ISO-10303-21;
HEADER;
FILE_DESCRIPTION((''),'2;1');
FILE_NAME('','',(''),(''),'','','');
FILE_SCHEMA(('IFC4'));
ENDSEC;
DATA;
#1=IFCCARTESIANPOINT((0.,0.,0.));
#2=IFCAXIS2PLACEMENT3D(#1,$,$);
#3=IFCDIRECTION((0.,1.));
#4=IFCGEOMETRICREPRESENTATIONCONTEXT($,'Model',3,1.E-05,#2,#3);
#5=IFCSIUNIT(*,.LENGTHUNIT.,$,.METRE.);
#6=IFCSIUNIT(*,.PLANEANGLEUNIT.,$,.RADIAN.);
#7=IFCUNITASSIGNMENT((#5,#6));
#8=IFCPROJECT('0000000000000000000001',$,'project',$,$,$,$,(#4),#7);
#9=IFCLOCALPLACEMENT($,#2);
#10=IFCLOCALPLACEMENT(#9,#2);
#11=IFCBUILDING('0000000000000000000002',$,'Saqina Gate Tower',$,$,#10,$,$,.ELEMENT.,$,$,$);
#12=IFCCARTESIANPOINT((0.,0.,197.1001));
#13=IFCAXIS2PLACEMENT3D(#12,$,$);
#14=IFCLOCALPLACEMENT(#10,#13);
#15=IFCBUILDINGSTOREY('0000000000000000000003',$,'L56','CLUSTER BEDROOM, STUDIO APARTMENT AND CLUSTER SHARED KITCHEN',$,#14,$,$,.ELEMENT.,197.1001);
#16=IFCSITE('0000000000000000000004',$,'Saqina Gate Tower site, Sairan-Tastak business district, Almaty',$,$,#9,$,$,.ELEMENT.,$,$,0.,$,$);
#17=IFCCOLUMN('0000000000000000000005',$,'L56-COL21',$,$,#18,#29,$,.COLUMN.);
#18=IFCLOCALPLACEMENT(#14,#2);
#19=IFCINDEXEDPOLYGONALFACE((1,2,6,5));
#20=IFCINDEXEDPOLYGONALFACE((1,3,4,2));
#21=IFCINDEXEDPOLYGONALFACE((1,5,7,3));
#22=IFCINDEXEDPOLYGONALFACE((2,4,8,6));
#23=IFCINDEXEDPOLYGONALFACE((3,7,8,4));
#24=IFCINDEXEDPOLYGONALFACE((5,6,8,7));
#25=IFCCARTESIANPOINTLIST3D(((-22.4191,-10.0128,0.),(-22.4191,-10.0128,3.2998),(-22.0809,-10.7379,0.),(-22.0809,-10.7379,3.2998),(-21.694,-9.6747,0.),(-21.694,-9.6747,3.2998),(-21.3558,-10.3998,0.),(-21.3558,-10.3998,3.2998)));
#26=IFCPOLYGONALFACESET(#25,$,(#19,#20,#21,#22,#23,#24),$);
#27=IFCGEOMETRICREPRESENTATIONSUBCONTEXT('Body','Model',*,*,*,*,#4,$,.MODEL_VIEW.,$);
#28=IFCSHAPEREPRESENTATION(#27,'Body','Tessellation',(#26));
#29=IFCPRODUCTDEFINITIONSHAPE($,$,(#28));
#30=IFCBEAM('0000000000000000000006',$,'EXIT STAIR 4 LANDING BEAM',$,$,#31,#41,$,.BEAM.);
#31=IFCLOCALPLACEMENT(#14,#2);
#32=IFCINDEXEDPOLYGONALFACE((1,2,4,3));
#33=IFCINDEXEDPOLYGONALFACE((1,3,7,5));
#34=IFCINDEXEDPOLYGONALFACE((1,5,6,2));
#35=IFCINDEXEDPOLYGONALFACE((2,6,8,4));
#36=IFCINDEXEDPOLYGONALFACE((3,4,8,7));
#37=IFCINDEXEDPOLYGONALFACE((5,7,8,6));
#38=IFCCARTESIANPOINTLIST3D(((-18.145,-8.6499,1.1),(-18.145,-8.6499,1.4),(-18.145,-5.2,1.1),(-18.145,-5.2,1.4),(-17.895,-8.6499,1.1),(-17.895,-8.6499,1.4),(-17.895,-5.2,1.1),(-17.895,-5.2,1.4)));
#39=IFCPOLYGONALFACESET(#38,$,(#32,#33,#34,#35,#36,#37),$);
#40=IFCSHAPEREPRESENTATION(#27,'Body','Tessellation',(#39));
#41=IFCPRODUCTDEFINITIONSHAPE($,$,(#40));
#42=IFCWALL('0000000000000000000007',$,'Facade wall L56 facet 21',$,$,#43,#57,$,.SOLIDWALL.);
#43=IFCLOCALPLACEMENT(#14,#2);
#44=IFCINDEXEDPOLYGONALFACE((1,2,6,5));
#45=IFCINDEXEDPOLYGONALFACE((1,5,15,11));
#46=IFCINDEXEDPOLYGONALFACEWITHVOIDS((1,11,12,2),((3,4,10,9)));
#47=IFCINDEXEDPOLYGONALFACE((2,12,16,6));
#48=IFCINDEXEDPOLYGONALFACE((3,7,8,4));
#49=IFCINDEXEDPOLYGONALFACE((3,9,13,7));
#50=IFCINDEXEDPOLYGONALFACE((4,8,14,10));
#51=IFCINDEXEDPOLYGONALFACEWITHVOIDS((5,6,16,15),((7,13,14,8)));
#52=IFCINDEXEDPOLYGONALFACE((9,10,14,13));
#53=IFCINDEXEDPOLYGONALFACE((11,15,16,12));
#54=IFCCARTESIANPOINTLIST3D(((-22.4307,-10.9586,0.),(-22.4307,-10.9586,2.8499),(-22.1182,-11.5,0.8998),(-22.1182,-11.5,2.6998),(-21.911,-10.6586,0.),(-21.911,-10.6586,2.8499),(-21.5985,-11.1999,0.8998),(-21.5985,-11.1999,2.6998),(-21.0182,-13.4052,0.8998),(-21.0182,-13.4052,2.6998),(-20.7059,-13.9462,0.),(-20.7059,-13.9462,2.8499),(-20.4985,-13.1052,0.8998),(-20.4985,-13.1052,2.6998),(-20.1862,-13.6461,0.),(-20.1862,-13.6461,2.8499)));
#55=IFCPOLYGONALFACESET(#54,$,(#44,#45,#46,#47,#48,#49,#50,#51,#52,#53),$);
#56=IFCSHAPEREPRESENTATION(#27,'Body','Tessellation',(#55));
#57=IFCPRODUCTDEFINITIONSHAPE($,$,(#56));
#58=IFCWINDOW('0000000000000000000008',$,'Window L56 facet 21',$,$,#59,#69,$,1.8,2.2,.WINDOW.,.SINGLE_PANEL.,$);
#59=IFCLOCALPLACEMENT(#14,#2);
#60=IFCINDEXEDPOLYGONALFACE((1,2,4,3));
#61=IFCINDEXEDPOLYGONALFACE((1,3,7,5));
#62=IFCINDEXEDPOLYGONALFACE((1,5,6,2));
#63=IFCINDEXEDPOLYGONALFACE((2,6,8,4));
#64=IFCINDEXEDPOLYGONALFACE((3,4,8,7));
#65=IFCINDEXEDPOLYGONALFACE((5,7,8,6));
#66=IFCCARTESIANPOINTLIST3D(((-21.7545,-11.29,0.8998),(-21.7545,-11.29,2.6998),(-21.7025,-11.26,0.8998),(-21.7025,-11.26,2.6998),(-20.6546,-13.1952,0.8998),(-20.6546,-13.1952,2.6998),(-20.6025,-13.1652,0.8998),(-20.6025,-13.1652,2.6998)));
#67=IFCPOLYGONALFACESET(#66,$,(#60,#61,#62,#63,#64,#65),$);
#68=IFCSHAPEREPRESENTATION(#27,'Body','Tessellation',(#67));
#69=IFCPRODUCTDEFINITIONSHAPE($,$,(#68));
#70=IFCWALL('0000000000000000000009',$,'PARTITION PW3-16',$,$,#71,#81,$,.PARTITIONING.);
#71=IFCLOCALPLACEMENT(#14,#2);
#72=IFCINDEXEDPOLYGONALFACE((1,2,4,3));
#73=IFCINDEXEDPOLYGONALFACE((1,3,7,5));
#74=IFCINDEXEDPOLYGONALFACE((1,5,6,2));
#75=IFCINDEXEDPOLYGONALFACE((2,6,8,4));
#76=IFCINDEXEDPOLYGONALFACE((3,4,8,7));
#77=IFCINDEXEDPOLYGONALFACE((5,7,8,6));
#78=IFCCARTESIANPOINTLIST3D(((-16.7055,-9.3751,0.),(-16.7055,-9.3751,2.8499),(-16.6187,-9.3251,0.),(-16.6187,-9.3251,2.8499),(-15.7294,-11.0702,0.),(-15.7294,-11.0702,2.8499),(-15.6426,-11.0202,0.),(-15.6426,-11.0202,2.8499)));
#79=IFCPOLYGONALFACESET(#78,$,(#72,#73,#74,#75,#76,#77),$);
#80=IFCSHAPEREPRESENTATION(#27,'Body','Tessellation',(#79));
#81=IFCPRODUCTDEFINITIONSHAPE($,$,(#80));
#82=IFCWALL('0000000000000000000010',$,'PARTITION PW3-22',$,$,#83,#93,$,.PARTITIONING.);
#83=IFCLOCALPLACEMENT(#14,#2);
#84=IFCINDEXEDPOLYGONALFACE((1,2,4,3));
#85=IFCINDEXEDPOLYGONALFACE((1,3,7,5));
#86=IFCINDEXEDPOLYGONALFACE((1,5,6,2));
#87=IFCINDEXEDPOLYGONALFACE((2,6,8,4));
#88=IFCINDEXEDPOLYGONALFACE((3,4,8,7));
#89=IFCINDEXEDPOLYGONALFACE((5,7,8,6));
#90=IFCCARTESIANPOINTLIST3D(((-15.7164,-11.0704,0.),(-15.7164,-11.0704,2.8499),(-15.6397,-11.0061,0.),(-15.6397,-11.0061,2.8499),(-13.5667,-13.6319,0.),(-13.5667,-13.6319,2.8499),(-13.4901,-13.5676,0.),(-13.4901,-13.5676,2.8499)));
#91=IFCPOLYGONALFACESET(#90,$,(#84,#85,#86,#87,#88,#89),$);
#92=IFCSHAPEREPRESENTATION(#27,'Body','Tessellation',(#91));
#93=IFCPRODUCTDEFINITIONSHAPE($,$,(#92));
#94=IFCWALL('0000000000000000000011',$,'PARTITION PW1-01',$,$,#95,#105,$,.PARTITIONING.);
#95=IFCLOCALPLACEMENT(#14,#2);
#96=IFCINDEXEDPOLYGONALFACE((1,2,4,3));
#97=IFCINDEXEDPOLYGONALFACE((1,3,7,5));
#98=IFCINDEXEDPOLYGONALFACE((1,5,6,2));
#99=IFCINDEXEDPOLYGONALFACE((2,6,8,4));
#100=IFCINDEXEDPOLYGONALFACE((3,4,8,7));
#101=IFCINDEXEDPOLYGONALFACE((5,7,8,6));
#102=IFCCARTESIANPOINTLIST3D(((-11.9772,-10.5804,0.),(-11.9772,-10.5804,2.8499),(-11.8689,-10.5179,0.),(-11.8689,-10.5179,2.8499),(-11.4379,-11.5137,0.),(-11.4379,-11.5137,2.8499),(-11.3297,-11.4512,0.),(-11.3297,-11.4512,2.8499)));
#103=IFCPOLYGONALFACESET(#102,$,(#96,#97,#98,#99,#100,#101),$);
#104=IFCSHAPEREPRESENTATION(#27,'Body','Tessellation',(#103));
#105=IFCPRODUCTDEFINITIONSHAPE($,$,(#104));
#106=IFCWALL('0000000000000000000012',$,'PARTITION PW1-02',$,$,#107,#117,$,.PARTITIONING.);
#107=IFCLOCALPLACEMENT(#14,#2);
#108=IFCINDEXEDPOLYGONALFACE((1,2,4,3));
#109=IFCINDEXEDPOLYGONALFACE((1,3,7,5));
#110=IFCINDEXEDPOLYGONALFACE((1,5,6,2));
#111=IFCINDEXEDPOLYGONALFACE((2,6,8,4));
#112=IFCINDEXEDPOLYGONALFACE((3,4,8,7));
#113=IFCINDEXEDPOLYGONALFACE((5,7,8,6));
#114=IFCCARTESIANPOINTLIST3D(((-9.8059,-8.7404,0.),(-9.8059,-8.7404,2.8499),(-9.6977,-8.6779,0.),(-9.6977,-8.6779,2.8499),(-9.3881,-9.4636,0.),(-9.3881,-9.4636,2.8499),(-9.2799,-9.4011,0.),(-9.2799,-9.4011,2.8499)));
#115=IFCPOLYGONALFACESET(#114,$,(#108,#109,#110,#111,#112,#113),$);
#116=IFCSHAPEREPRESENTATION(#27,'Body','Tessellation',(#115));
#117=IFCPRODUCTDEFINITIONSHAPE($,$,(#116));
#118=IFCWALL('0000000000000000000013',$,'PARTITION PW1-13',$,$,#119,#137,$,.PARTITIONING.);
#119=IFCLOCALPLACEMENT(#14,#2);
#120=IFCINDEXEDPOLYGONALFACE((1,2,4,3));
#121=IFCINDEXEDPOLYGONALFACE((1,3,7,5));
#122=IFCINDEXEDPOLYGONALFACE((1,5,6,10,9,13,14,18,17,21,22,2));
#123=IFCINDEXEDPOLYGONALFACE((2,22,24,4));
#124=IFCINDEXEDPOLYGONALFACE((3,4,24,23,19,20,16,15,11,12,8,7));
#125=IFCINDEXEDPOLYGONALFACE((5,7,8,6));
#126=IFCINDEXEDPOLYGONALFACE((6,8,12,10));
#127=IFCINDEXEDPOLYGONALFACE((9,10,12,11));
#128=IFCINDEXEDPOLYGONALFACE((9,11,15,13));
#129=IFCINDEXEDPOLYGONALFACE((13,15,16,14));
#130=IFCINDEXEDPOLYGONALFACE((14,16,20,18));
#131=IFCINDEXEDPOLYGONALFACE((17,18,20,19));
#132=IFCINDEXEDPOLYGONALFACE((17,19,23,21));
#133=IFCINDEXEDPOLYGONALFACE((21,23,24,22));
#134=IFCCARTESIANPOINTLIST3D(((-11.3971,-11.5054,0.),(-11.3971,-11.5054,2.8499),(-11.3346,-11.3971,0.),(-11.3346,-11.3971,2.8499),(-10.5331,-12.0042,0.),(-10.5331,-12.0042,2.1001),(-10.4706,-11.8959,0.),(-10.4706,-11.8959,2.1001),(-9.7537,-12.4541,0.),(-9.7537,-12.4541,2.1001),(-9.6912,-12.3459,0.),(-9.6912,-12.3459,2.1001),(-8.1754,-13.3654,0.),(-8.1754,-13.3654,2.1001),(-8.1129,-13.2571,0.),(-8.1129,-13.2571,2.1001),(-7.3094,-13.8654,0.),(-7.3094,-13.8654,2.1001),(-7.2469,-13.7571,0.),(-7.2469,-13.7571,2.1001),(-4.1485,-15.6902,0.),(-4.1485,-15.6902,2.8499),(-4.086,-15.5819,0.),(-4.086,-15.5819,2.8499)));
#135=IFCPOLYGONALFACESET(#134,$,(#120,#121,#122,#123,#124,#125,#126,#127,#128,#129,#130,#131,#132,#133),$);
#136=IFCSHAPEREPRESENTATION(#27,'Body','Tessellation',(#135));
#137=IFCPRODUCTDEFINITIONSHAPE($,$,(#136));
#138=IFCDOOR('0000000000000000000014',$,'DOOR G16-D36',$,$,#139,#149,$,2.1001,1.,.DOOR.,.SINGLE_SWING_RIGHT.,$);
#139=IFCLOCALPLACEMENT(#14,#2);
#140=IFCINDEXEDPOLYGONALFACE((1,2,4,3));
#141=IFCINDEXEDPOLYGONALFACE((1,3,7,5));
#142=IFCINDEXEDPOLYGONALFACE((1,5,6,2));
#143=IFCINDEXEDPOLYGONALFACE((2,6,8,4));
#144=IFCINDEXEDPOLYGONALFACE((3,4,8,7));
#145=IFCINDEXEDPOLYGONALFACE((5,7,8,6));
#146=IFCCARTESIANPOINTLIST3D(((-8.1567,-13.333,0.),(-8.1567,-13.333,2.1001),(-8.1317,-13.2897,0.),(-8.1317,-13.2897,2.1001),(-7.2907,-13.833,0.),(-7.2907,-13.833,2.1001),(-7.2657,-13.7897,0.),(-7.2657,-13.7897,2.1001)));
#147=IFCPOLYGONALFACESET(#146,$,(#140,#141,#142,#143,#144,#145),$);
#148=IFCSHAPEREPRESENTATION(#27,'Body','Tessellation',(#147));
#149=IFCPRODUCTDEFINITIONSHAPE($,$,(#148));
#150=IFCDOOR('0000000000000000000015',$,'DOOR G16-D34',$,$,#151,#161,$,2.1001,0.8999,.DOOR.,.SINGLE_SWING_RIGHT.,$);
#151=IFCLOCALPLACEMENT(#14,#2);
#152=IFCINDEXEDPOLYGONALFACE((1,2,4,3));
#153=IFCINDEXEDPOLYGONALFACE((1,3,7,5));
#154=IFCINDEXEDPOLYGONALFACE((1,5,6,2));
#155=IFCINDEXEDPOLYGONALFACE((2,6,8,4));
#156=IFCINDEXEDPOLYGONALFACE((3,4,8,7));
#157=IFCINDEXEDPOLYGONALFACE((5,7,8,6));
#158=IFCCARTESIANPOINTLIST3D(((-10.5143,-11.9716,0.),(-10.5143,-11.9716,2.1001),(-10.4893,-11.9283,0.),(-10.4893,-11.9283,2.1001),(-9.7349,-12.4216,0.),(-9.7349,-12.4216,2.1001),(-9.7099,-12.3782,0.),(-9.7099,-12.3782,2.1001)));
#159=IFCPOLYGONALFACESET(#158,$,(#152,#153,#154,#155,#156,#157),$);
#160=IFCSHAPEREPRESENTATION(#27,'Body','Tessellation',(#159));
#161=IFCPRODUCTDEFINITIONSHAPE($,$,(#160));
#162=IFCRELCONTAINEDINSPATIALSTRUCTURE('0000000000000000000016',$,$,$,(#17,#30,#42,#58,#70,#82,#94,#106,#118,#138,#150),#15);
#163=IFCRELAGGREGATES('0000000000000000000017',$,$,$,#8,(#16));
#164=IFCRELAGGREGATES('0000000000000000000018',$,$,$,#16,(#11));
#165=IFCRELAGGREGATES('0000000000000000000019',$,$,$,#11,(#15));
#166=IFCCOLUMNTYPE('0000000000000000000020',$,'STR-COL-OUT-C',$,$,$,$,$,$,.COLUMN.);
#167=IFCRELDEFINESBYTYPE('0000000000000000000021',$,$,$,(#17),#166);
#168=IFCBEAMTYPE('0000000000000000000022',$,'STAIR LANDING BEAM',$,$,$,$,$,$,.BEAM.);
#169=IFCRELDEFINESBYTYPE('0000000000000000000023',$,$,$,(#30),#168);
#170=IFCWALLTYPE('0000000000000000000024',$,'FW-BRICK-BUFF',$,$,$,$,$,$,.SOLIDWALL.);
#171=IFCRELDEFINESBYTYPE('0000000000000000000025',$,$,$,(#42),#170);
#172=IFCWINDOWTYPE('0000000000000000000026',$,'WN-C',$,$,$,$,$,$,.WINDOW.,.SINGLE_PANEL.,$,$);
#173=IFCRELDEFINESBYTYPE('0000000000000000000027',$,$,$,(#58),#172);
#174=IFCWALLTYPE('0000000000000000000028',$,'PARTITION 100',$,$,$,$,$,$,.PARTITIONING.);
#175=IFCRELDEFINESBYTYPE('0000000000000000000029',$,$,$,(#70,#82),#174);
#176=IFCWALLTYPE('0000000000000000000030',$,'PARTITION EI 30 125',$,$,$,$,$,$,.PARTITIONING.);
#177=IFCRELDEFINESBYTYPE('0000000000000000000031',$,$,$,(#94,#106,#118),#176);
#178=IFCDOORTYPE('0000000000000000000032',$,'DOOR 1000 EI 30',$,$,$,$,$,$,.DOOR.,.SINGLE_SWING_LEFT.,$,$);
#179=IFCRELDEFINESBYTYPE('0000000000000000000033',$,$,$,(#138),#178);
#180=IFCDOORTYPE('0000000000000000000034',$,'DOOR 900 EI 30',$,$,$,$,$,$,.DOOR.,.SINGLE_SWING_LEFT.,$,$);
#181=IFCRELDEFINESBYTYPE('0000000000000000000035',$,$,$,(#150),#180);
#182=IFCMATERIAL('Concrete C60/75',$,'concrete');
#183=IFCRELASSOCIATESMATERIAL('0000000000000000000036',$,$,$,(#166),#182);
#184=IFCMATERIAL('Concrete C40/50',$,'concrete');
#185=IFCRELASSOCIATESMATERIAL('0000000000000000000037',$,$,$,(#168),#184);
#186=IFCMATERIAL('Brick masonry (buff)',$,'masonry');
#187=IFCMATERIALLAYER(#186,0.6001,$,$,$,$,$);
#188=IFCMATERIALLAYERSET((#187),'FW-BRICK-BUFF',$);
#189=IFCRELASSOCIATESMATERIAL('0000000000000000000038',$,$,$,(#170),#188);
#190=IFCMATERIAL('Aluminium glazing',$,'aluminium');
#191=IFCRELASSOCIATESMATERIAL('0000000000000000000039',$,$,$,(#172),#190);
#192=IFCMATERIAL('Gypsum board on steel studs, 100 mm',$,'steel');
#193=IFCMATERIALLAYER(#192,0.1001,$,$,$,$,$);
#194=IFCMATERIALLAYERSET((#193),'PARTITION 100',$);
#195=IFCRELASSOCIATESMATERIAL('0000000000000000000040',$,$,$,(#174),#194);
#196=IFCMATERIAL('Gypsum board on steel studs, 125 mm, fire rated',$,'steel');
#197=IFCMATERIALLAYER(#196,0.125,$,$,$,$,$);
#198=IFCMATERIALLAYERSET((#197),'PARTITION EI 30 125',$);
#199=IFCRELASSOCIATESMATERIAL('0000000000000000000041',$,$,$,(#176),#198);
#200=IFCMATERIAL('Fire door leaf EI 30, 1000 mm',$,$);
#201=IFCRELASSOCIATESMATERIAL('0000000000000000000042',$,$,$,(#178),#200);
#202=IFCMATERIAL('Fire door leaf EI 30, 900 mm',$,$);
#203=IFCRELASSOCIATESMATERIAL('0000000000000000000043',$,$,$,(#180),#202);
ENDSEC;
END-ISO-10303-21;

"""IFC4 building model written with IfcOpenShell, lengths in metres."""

from ifc_helpers import new_model, si_unit, direction, frame, frame_2d, origin, origin_2d, place, context, subcontext, project, spatial, rectangle, extrude, material, layer, layer_set, material_profile, profile_set, type_object, element, fill, save


model = new_model("IFC4")

# Units and contexts
model_context = context("Model", 3, precision=1e-05, world=origin(), true_north=direction((0.0, 1.0)))
body_context = subcontext(model_context, "Body", "Model", "MODEL_VIEW")
ifc_project = project(units=[si_unit("LENGTHUNIT", "METRE"), si_unit("PLANEANGLEUNIT", "RADIAN")], contexts=[model_context])

# Site, building, storey
site_placement = place(None, origin())
site = spatial("IfcSite", under=ifc_project, at=site_placement, Name="Saqina Gate Tower site, Sairan-Tastak business district, Almaty", CompositionType="ELEMENT", RefElevation=0.0)
building_placement = place(site_placement, origin())
building = spatial("IfcBuilding", under=site, at=building_placement, Name="Saqina Gate Tower", CompositionType="ELEMENT")
storey_placement = place(building_placement, frame((0.0, 0.0, 197.1001)))
storey = spatial("IfcBuildingStorey", under=building, at=storey_placement, Name="L56", Description="CLUSTER BEDROOM, STUDIO APARTMENT AND CLUSTER SHARED KITCHEN", CompositionType="ELEMENT", Elevation=197.1001)

# Column
ifc_material_1 = material(Name="Concrete C60/75", Category="concrete")
ifc_material_profile_1 = material_profile(ifc_material_1, rectangle(XDim=0.8, YDim=0.8, at=origin_2d()), Name="RC 800x800")
ifc_profile_set_1 = profile_set([ifc_material_profile_1], Name="Concrete C60/75")
column_type = type_object("IfcColumnType", Name="STR-COL-OUT-C", PredefinedType="COLUMN", material=ifc_profile_set_1)
column_placement = place(storey_placement, frame((-21.8875, -10.2063, 0.0), z_axis=(0.0, 0.0, 1.0), x_axis=(-0.906308, -0.422618, 0.0)))
element("IfcColumn", 1, at=column_placement, inside=storey, type_object=column_type, Name="L56-COL21", PredefinedType="COLUMN", context=body_context, shape_type="SweptSolid", body=[
    extrude(rectangle(XDim=0.8, YDim=0.8, at=origin_2d()), origin(), (0.0, 0.0, 1.0), 3.2998),
])

# Beam
ifc_material_2 = material(Name="Concrete C40/50", Category="concrete")
ifc_material_profile_2 = material_profile(ifc_material_2, rectangle(XDim=0.25, YDim=0.3, at=origin_2d()), Name="STAIR LANDING BEAM")
ifc_profile_set_2 = profile_set([ifc_material_profile_2], Name="Concrete C40/50")
beam_type = type_object("IfcBeamType", Name="STAIR LANDING BEAM", PredefinedType="BEAM", material=ifc_profile_set_2)
beam_placement = place(storey_placement, frame((-18.02, -8.6499, 1.25), z_axis=(0.0, 1.0, 0.0), x_axis=(-1.0, 0.0, 0.0)))
element("IfcBeam", 2, at=beam_placement, inside=storey, type_object=beam_type, Name="EXIT STAIR 4 LANDING BEAM", PredefinedType="BEAM", context=body_context, shape_type="SweptSolid", body=[
    extrude(rectangle(XDim=0.25, YDim=0.3, at=origin_2d()), origin(), (0.0, 0.0, 1.0), 3.45),
])

# Wall, opening, window
ifc_material_3 = material(Name="Brick masonry (buff)", Category="masonry")
ifc_layer_1 = layer(ifc_material_3, 0.6001)
ifc_layer_set_1 = layer_set([ifc_layer_1], Name="FW-BRICK-BUFF")
wall_type_1 = type_object("IfcWallType", Name="FW-BRICK-BUFF", PredefinedType="SOLIDWALL", material=ifc_layer_set_1)
wall_1_placement = place(storey_placement, frame((-22.1709, -10.8086, 0.0), z_axis=(0.0, 0.0, 1.0), x_axis=(0.499998, -0.866026, 0.0)))
wall_1 = element("IfcWall", 3, at=wall_1_placement, inside=storey, type_object=wall_type_1, Name="Facade wall L56 facet 21", PredefinedType="SOLIDWALL", context=body_context, shape_type="SweptSolid", body=[
    extrude(rectangle(XDim=3.4497, YDim=0.6001, at=frame_2d((1.7249, 0.0))), origin(), (0.0, 0.0, 1.0), 2.8499),
])
opening_1_placement = place(wall_1_placement, frame((0.625, 0.0, 0.8999)))
opening_1 = element("IfcOpeningElement", 4, at=opening_1_placement, cuts=wall_1, PredefinedType="OPENING", context=body_context, shape_type="SweptSolid", body=[
    extrude(rectangle(XDim=2.2, YDim=1.8, at=frame_2d((1.1001, 0.8999))), frame((0.0, 0.312, 0.0), z_axis=(0.0, -1.0, 0.0), x_axis=(1.0, 0.0, 0.0)), (0.0, 0.0, 1.0), 0.624),
])
ifc_material_4 = material(Name="Aluminium glazing", Category="aluminium")
window_type = type_object("IfcWindowType", Name="WN-C", PartitioningType="SINGLE_PANEL", PredefinedType="WINDOW", material=ifc_material_4)
window_placement = place(opening_1_placement, origin())
window = element("IfcWindow", 5, at=window_placement, inside=storey, type_object=window_type, Name="Window L56 facet 21", OverallHeight=1.8, OverallWidth=2.2, PartitioningType="SINGLE_PANEL", PredefinedType="WINDOW", context=body_context, shape_type="SweptSolid", body=[
    extrude(rectangle(XDim=2.2, YDim=1.8, at=frame_2d((1.1001, 0.8999))), frame((0.0, 0.1799, 0.0), z_axis=(0.0, -1.0, 0.0), x_axis=(1.0, 0.0, 0.0)), (0.0, 0.0, 1.0), 0.0601),
])
fill(opening_1, window)

# Walls
ifc_material_5 = material(Name="Gypsum board on steel studs, 100 mm", Category="steel")
ifc_layer_2 = layer(ifc_material_5, 0.1001)
ifc_layer_set_2 = layer_set([ifc_layer_2], Name="PARTITION 100")
wall_type_2 = type_object("IfcWallType", Name="PARTITION 100", PredefinedType="PARTITIONING", material=ifc_layer_set_2)
wall_2_placement = place(storey_placement, frame((-16.6621, -9.3501, 0.0), z_axis=(0.0, 0.0, 1.0), x_axis=(0.499013, -0.866595, 0.0)))
element("IfcWall", 6, at=wall_2_placement, inside=storey, type_object=wall_type_2, Name="PARTITION PW3-16", PredefinedType="PARTITIONING", context=body_context, shape_type="SweptSolid", body=[
    extrude(rectangle(XDim=1.9561, YDim=0.1001, at=frame_2d((0.978, 0.0))), origin(), (0.0, 0.0, 1.0), 2.8499),
])
wall_3_placement = place(storey_placement, frame((-15.678, -11.0383, 0.0), z_axis=(0.0, 0.0, 1.0), x_axis=(0.642838, -0.766003, 0.0)))
element("IfcWall", 7, at=wall_3_placement, inside=storey, type_object=wall_type_2, Name="PARTITION PW3-22", PredefinedType="PARTITIONING", context=body_context, shape_type="SweptSolid", body=[
    extrude(rectangle(XDim=3.344, YDim=0.1001, at=frame_2d((1.6719, 0.0))), origin(), (0.0, 0.0, 1.0), 2.8499),
])
ifc_material_6 = material(Name="Gypsum board on steel studs, 125 mm, fire rated", Category="steel")
ifc_layer_3 = layer(ifc_material_6, 0.125)
ifc_layer_set_3 = layer_set([ifc_layer_3], Name="PARTITION EI 30 125")
wall_type_3 = type_object("IfcWallType", Name="PARTITION EI 30 125", PredefinedType="PARTITIONING", material=ifc_layer_set_3)
wall_4_placement = place(storey_placement, frame((-11.9231, -10.5491, 0.0), z_axis=(0.0, 0.0, 1.0), x_axis=(0.500304, -0.86585, 0.0)))
element("IfcWall", 8, at=wall_4_placement, inside=storey, type_object=wall_type_3, Name="PARTITION PW1-01", PredefinedType="PARTITIONING", context=body_context, shape_type="SweptSolid", body=[
    extrude(rectangle(XDim=1.0779, YDim=0.125, at=frame_2d((0.5391, 0.0))), origin(), (0.0, 0.0, 1.0), 2.8499),
])
wall_5_placement = place(storey_placement, frame((-9.7517, -8.7092, 0.0), z_axis=(0.0, 0.0, 1.0), x_axis=(0.500195, -0.865913, 0.0)))
element("IfcWall", 9, at=wall_5_placement, inside=storey, type_object=wall_type_3, Name="PARTITION PW1-02", PredefinedType="PARTITIONING", context=body_context, shape_type="SweptSolid", body=[
    extrude(rectangle(XDim=0.8352, YDim=0.125, at=frame_2d((0.4175, 0.0))), origin(), (0.0, 0.0, 1.0), 2.8499),
])

# Wall, openings, doors
wall_6_placement = place(storey_placement, frame((-11.366, -11.4512, 0.0), z_axis=(0.0, 0.0, 1.0), x_axis=(0.866032, -0.499988, 0.0)))
wall_6 = element("IfcWall", 10, at=wall_6_placement, inside=storey, type_object=wall_type_3, Name="PARTITION PW1-13", PredefinedType="PARTITIONING", context=body_context, shape_type="SweptSolid", body=[
    extrude(rectangle(XDim=8.3699, YDim=0.125, at=frame_2d((4.1851, 0.0))), origin(), (0.0, 0.0, 1.0), 2.8499),
])
opening_2_placement = place(wall_6_placement, frame((0.9978, 0.0, 0.0)))
opening_2 = element("IfcOpeningElement", 11, at=opening_2_placement, cuts=wall_6, PredefinedType="OPENING", context=body_context, shape_type="SweptSolid", body=[
    extrude(rectangle(XDim=0.8999, YDim=2.1001, at=frame_2d((0.45, 1.05))), frame((0.0, 0.0745, 0.0), z_axis=(0.0, -1.0, 0.0), x_axis=(1.0, 0.0, 0.0)), (0.0, 0.0, 1.0), 0.1489),
])
opening_3_placement = place(wall_6_placement, frame((3.7202, 0.0, 0.0)))
opening_3 = element("IfcOpeningElement", 12, at=opening_3_placement, cuts=wall_6, PredefinedType="OPENING", context=body_context, shape_type="SweptSolid", body=[
    extrude(rectangle(XDim=1.0, YDim=2.1001, at=frame_2d((0.5, 1.05))), frame((0.0, 0.0745, 0.0), z_axis=(0.0, -1.0, 0.0), x_axis=(1.0, 0.0, 0.0)), (0.0, 0.0, 1.0), 0.1489),
])
ifc_material_7 = material(Name="Fire door leaf EI 30, 1000 mm")
door_type_1 = type_object("IfcDoorType", Name="DOOR 1000 EI 30", OperationType="SINGLE_SWING_LEFT", PredefinedType="DOOR", material=ifc_material_7)
door_1_placement = place(opening_3_placement, origin())
door_1 = element("IfcDoor", 13, at=door_1_placement, inside=storey, type_object=door_type_1, Name="DOOR G16-D36", OperationType="SINGLE_SWING_RIGHT", OverallHeight=2.1001, OverallWidth=1.0, PredefinedType="DOOR", context=body_context, shape_type="SweptSolid", body=[
    extrude(rectangle(XDim=1.0, YDim=2.1001, at=frame_2d((0.5, 1.05))), frame((0.0, 0.0249, 0.0), z_axis=(0.0, -1.0, 0.0), x_axis=(1.0, 0.0, 0.0)), (0.0, 0.0, 1.0), 0.05),
])
fill(opening_3, door_1)
ifc_material_8 = material(Name="Fire door leaf EI 30, 900 mm")
door_type_2 = type_object("IfcDoorType", Name="DOOR 900 EI 30", OperationType="SINGLE_SWING_LEFT", PredefinedType="DOOR", material=ifc_material_8)
door_2_placement = place(opening_2_placement, frame((0.8999, 0.0, 0.0), z_axis=(0.0, 0.0, 1.0), x_axis=(-1.0, 0.0, 0.0)))
door_2 = element("IfcDoor", 14, at=door_2_placement, inside=storey, type_object=door_type_2, Name="DOOR G16-D34", OperationType="SINGLE_SWING_RIGHT", OverallHeight=2.1001, OverallWidth=0.8999, PredefinedType="DOOR", context=body_context, shape_type="SweptSolid", body=[
    extrude(rectangle(XDim=0.8999, YDim=2.1001, at=frame_2d((0.45, 1.05))), frame((0.0, 0.0249, 0.0), z_axis=(0.0, -1.0, 0.0), x_axis=(1.0, 0.0, 0.0)), (0.0, 0.0, 1.0), 0.05),
])
fill(opening_2, door_2)

save(model, "model.ifc")
